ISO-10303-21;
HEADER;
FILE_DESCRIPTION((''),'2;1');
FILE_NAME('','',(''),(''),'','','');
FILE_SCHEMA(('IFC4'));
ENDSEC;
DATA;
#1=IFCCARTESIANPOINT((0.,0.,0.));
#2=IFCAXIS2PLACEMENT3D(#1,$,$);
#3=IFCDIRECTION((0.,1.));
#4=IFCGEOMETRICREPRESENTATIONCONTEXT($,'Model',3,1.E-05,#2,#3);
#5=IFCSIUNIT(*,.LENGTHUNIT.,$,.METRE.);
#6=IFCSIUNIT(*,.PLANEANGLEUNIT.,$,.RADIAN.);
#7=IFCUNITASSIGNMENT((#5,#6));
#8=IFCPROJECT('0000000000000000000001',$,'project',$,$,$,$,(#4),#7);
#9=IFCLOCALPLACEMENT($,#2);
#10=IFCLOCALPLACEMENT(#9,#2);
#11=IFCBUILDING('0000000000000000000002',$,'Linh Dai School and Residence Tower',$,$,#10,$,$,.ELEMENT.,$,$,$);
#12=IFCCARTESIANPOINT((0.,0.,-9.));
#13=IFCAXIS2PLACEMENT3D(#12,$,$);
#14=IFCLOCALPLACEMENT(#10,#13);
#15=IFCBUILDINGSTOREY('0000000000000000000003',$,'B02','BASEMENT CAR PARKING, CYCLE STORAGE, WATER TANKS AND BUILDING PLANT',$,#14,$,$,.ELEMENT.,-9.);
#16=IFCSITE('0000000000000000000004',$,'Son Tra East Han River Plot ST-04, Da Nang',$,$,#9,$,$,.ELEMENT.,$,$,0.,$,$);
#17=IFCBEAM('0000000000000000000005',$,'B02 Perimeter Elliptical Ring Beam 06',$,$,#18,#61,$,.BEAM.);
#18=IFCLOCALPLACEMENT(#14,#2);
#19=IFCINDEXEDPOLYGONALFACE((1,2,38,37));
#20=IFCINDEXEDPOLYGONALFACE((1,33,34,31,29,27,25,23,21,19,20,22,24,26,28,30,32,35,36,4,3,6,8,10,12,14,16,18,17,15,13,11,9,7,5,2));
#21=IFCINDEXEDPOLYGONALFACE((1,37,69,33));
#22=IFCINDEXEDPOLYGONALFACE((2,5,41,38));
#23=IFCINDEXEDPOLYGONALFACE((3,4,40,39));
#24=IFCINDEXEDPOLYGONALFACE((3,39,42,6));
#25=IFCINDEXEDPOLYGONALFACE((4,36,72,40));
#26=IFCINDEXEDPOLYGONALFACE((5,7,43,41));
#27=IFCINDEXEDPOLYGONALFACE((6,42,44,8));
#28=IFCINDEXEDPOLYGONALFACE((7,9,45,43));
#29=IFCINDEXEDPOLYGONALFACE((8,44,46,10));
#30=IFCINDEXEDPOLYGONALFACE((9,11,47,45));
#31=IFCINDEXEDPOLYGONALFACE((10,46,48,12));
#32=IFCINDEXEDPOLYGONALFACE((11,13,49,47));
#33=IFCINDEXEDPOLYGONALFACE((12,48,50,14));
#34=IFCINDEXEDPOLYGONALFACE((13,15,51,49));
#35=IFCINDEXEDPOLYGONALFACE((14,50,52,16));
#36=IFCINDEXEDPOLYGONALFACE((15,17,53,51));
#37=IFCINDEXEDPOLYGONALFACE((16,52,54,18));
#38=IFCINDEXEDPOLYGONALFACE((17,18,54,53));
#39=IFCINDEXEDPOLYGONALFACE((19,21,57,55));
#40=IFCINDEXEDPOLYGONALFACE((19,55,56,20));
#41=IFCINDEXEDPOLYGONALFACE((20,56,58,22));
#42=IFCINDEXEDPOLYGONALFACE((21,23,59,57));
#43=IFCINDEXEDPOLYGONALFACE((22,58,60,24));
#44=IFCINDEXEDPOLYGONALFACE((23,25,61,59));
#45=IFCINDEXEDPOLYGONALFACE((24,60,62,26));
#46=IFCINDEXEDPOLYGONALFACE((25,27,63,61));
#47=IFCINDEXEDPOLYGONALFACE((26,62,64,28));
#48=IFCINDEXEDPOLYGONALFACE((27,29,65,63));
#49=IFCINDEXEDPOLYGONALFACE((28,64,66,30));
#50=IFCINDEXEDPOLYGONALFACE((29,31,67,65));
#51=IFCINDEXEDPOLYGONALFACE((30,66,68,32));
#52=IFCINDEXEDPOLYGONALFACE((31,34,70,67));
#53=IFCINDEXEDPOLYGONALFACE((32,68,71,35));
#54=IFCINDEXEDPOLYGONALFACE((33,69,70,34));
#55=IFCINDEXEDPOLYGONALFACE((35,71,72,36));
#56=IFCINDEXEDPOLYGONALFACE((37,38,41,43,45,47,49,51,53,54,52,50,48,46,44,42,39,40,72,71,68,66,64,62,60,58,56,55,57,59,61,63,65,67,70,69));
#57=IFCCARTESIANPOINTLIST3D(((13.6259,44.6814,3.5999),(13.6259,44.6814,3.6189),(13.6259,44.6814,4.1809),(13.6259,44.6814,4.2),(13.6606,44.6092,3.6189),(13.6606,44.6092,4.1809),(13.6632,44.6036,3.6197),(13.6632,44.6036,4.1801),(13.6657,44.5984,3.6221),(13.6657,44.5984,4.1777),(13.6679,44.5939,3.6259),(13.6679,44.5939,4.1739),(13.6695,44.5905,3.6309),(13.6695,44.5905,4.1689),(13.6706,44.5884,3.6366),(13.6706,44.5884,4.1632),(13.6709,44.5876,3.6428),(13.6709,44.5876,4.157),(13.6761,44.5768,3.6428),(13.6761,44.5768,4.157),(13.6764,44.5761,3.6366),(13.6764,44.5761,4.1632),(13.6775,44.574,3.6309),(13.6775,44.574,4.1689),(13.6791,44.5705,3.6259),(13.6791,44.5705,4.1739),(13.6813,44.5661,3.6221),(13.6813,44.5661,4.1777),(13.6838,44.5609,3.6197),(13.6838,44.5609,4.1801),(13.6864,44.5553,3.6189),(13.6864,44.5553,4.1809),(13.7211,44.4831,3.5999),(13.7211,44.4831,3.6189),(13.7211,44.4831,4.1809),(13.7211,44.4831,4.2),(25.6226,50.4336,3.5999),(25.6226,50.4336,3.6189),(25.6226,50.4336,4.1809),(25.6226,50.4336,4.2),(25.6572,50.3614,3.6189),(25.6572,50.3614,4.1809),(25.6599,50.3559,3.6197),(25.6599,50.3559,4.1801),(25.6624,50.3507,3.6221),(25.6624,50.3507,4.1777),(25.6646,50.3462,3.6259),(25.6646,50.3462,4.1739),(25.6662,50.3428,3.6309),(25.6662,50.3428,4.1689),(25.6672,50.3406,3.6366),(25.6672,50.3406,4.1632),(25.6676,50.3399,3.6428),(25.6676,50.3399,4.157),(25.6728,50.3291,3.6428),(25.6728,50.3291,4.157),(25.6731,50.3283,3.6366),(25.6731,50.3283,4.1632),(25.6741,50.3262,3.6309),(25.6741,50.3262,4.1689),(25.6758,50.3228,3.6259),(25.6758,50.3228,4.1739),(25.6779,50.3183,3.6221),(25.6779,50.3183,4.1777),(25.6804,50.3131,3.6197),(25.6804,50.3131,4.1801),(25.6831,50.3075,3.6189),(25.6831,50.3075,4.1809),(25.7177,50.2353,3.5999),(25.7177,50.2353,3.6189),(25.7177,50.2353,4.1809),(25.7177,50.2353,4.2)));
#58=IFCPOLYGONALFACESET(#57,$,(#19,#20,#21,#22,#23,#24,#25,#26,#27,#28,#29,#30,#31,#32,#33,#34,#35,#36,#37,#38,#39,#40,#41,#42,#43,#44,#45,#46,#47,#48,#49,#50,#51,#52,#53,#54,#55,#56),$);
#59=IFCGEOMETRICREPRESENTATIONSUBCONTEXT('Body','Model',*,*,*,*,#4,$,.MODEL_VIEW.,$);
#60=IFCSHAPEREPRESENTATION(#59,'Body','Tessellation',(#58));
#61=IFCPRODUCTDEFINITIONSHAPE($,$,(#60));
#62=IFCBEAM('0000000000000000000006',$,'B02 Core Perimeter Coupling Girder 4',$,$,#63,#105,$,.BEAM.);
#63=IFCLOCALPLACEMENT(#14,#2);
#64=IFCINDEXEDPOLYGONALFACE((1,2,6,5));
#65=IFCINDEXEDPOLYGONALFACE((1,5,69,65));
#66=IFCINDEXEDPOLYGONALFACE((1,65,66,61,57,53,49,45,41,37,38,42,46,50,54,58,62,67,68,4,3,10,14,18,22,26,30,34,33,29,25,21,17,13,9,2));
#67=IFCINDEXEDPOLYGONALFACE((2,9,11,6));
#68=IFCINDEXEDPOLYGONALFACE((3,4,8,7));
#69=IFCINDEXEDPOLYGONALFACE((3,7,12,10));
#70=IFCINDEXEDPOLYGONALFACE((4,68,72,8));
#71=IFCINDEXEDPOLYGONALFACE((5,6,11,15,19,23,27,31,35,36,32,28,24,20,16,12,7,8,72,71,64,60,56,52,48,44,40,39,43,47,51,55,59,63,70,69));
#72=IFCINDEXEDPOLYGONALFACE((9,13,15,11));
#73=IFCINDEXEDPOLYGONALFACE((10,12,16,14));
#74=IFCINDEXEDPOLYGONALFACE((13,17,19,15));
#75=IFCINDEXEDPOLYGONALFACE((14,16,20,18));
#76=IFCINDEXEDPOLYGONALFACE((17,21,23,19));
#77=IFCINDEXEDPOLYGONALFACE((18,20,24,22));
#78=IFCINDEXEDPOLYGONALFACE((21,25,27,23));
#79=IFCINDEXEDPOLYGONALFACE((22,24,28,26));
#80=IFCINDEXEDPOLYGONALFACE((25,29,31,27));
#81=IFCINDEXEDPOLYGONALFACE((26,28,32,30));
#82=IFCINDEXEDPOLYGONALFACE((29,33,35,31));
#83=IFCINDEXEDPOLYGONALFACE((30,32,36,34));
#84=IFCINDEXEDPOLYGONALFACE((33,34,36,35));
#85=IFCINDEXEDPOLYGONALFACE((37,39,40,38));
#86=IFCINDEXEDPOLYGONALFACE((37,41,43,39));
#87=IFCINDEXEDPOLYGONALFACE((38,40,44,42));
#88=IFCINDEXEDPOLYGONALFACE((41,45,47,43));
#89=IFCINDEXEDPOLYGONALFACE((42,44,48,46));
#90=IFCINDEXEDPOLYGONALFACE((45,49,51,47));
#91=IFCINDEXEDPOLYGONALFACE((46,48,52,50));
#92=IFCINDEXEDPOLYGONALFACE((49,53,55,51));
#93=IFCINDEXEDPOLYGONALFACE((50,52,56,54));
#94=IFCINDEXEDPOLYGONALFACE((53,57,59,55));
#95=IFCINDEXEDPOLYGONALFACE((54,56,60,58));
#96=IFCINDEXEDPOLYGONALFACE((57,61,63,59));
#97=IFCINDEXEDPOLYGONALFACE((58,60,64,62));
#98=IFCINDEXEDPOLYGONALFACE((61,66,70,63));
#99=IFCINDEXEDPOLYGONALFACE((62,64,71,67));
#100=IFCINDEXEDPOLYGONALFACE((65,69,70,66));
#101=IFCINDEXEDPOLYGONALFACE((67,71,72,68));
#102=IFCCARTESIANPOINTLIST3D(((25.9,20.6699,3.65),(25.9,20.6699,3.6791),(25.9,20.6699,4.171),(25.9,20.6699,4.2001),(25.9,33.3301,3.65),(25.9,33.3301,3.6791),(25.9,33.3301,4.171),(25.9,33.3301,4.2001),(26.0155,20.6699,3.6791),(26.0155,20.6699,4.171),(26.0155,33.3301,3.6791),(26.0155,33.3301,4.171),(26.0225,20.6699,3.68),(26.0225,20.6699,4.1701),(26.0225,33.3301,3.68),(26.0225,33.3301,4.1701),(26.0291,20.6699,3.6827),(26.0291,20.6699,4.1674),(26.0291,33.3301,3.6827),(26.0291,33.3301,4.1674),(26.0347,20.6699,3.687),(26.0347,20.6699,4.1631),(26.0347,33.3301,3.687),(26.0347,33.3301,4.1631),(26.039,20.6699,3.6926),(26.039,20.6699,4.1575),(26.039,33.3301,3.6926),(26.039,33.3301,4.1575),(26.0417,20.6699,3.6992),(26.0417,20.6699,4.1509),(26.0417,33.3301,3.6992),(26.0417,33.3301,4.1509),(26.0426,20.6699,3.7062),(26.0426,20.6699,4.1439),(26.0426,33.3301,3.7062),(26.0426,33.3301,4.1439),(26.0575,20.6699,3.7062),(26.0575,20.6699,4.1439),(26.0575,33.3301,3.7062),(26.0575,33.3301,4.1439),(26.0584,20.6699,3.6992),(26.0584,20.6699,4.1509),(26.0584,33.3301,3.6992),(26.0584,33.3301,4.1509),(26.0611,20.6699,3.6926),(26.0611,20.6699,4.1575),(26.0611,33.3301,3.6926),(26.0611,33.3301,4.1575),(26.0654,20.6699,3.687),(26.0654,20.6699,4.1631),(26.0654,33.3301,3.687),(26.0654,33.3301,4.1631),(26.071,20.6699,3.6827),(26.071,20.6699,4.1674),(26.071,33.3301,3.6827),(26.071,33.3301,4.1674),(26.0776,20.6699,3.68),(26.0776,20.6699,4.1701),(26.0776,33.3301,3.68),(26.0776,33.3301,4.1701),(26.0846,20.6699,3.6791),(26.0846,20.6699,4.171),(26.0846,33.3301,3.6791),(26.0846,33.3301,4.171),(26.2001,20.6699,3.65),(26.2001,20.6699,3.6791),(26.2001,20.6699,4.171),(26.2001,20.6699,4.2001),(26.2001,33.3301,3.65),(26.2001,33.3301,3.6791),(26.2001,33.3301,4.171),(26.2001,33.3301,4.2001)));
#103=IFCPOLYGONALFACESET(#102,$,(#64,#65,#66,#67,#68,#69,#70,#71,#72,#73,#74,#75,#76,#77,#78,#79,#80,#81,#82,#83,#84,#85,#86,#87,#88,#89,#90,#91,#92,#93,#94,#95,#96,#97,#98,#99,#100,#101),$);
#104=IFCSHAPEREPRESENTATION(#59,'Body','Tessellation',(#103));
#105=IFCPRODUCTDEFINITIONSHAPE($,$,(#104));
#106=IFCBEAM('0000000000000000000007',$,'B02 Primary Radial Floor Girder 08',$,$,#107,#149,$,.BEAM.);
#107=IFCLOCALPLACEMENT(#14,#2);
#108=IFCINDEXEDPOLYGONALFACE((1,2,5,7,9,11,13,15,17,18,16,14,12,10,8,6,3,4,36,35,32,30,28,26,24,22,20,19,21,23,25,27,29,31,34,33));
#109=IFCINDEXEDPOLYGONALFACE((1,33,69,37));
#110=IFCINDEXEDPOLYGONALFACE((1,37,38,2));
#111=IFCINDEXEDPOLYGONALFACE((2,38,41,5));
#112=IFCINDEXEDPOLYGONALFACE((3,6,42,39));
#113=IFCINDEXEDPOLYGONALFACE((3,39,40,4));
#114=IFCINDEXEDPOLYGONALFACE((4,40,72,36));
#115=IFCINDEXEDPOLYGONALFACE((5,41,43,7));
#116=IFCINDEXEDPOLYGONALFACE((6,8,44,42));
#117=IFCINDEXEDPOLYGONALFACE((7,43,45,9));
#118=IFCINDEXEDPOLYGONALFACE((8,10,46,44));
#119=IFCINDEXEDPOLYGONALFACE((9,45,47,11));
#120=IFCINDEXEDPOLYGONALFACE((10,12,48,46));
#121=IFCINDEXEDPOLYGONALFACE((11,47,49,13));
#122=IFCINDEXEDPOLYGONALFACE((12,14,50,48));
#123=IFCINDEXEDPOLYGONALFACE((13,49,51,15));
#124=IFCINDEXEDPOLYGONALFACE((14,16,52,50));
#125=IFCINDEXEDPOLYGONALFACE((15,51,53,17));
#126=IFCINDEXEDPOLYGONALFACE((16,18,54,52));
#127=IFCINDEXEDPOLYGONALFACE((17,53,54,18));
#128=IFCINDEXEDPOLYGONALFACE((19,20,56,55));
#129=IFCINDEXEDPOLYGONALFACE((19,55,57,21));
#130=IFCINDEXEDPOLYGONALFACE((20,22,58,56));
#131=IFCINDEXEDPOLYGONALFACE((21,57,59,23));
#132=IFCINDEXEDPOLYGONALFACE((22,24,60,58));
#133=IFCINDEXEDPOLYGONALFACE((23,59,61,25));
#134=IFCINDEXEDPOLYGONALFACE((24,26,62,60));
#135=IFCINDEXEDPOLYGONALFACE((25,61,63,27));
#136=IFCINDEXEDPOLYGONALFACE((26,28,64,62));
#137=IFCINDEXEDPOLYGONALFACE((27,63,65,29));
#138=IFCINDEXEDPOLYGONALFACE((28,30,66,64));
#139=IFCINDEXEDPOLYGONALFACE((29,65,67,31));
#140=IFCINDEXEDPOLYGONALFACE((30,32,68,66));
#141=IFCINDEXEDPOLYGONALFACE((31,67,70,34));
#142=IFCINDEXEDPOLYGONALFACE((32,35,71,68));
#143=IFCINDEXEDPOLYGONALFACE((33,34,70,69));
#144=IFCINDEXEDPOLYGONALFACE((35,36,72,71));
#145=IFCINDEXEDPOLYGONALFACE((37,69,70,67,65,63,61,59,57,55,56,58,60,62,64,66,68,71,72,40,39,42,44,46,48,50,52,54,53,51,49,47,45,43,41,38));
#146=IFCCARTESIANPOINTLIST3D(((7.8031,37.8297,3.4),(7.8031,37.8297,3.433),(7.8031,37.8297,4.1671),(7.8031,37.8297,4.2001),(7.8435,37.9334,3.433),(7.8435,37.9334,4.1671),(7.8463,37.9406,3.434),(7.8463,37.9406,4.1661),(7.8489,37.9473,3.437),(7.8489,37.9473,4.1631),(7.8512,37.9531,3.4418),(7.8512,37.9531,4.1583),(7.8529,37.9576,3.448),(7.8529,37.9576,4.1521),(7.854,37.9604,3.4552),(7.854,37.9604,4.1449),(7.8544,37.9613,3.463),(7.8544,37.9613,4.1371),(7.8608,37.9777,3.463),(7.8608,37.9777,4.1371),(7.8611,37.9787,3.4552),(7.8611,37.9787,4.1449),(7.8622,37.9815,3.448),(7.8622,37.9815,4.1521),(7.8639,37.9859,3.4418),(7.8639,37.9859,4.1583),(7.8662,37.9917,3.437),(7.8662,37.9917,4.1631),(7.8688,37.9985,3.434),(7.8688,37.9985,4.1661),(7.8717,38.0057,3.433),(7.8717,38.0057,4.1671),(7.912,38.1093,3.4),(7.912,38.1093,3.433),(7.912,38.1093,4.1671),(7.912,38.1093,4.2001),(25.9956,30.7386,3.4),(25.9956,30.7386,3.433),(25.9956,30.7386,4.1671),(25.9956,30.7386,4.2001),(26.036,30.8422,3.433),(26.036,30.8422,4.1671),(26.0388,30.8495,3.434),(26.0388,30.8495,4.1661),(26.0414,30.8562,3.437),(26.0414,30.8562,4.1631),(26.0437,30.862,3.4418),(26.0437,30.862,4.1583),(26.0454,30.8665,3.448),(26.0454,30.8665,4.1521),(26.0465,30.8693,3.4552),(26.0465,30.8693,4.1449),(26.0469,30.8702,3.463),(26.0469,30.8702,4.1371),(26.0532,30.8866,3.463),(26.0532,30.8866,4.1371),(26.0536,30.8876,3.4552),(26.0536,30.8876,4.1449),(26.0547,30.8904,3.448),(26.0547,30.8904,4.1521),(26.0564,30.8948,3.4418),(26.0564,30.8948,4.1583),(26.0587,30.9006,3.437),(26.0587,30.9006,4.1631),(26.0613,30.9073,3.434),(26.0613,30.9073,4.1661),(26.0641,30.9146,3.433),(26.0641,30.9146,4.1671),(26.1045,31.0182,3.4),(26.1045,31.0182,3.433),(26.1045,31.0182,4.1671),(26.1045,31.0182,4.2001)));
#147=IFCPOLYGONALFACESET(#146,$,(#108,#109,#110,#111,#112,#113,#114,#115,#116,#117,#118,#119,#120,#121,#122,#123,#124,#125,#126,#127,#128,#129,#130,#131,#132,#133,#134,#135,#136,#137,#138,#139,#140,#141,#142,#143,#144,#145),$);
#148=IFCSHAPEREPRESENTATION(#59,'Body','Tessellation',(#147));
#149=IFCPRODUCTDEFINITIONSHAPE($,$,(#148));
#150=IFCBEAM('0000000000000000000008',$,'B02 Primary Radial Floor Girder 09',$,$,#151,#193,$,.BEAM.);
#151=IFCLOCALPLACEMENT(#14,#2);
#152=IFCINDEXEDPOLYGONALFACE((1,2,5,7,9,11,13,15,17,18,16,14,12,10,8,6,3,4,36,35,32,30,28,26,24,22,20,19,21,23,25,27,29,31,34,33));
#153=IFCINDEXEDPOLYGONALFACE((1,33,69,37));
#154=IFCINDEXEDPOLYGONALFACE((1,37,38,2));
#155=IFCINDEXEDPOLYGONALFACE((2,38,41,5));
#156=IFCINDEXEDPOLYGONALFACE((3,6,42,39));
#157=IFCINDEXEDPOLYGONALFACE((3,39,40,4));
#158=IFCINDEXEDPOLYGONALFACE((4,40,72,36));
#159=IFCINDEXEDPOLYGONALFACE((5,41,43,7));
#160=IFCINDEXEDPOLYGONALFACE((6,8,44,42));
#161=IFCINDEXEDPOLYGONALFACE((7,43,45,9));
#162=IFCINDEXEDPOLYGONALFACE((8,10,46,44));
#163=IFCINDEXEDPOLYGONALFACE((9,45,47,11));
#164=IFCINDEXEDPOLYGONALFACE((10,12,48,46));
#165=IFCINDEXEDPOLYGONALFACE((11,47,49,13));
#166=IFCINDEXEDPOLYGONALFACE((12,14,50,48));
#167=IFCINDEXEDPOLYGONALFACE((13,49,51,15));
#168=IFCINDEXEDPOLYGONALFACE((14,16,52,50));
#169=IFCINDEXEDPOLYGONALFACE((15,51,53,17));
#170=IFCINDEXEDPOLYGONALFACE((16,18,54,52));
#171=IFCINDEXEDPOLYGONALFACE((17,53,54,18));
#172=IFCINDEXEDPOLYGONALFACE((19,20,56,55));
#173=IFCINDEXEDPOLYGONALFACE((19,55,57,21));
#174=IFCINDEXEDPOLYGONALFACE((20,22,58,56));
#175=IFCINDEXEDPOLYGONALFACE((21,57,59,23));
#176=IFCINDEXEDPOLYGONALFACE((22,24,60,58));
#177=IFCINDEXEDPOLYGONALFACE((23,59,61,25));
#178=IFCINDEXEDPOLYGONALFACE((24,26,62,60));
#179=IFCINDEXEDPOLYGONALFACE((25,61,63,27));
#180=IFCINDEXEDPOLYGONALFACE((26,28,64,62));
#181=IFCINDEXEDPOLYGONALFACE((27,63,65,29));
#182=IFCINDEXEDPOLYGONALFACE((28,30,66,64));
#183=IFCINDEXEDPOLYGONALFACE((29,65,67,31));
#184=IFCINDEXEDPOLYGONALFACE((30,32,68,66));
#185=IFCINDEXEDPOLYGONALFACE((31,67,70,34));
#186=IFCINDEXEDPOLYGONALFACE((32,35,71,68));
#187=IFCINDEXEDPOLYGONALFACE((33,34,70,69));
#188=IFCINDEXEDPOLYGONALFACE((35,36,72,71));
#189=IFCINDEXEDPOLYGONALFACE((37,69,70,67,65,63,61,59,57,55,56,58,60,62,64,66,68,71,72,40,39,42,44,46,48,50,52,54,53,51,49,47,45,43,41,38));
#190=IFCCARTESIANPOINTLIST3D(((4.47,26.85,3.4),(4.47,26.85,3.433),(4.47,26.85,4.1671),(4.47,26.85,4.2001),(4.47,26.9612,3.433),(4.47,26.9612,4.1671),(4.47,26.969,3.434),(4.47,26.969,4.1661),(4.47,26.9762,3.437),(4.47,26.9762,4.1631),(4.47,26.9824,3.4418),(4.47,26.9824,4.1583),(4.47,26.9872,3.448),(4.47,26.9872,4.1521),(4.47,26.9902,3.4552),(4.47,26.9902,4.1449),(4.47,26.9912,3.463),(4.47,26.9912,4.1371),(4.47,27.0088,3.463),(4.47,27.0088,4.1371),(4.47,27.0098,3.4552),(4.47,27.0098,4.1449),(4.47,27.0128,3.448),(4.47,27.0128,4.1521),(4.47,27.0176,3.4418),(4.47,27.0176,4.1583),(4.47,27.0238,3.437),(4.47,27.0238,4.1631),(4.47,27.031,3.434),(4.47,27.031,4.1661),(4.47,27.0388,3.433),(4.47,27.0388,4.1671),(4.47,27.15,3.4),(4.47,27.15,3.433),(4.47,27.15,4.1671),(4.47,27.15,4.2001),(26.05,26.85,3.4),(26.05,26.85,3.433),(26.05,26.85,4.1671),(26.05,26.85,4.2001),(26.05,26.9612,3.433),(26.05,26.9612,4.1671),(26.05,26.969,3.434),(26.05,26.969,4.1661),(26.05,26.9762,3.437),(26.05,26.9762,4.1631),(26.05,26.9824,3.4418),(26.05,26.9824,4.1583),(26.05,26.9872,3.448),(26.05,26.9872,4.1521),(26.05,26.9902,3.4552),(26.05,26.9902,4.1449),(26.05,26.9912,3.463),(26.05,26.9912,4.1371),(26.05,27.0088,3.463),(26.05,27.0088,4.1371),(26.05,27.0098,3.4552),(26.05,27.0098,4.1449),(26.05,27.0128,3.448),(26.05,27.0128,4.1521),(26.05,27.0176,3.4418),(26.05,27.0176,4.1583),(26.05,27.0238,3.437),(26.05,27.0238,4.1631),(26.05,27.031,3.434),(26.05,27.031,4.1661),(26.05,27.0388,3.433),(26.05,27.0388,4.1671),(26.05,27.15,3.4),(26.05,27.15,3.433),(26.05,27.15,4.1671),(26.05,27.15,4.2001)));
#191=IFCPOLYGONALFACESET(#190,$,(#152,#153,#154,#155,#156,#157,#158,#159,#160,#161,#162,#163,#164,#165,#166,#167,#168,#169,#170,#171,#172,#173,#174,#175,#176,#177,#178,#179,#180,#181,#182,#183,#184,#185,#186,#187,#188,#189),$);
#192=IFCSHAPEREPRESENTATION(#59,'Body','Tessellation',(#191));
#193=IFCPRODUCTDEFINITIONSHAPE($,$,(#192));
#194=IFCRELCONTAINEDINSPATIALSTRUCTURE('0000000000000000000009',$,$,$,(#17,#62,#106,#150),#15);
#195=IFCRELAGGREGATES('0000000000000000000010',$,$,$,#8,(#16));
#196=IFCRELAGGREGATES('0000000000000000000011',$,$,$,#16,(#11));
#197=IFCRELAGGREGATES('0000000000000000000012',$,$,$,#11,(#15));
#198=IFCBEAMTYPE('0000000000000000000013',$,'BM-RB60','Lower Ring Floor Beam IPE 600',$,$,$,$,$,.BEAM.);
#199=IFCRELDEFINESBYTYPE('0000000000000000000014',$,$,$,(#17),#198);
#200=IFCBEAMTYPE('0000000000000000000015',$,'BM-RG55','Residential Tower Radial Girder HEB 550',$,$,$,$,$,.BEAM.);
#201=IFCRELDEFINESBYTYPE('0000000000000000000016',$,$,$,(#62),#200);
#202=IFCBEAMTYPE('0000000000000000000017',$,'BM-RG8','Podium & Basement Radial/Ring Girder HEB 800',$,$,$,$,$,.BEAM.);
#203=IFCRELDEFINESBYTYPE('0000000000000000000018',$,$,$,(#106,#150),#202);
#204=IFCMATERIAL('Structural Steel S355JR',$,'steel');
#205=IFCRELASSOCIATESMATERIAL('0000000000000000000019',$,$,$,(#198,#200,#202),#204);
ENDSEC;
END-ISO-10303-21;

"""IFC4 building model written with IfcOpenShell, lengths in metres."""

from ifc_helpers import new_model, si_unit, direction, frame, origin, origin_2d, place, context, subcontext, project, spatial, i_section, extrude, material, material_profile, profile_set, type_object, element, save


model = new_model("IFC4")

# Units and contexts
model_context = context("Model", 3, precision=1e-05, world=origin(), true_north=direction((0.0, 1.0)))
body_context = subcontext(model_context, "Body", "Model", "MODEL_VIEW")
ifc_project = project(units=[si_unit("LENGTHUNIT", "METRE"), si_unit("PLANEANGLEUNIT", "RADIAN")], contexts=[model_context])

# Site, building, storey
site_placement = place(None, origin())
site = spatial("IfcSite", under=ifc_project, at=site_placement, Name="Son Tra East Han River Plot ST-04, Da Nang", CompositionType="ELEMENT", RefElevation=0.0)
building_placement = place(site_placement, origin())
building = spatial("IfcBuilding", under=site, at=building_placement, Name="Linh Dai School and Residence Tower", CompositionType="ELEMENT")
storey_placement = place(building_placement, frame((0.0, 0.0, -9.0)))
storey = spatial("IfcBuildingStorey", under=building, at=storey_placement, Name="B02", Description="BASEMENT CAR PARKING, CYCLE STORAGE, WATER TANKS AND BUILDING PLANT", CompositionType="ELEMENT", Elevation=-9.0)

# Shared definitions
ifc_material_1 = material(Name="Structural Steel S355JR", Category="steel")

# Beams
ifc_material_profile_1 = material_profile(ifc_material_1, i_section(OverallWidth=0.22, OverallDepth=0.6001, WebThickness=0.012, FlangeThickness=0.019, FilletRadius=0.0239, at=origin_2d()), Name="IPE 600")
ifc_profile_set_1 = profile_set([ifc_material_profile_1], Name="Structural Steel S355JR")
beam_type_1 = type_object("IfcBeamType", Name="BM-RB60", Description="Lower Ring Floor Beam IPE 600", PredefinedType="BEAM", material=ifc_profile_set_1)
beam_1_placement = place(storey_placement, frame((25.6702, 50.3345, 3.8999), z_axis=(-0.901704, -0.432355, 0.0), x_axis=(0.432355, -0.901704, 0.0)))
element("IfcBeam", 1, at=beam_1_placement, inside=storey, type_object=beam_type_1, Name="B02 Perimeter Elliptical Ring Beam 06", PredefinedType="BEAM", context=body_context, shape_type="SweptSolid", body=[
    extrude(i_section(OverallWidth=0.22, OverallDepth=0.6001, WebThickness=0.012, FlangeThickness=0.019, FilletRadius=0.0239, at=origin_2d()), origin(), (0.0, 0.0, 1.0), 13.3044),
])
ifc_material_profile_2 = material_profile(ifc_material_1, i_section(OverallWidth=0.3, OverallDepth=0.55, WebThickness=0.0149, FlangeThickness=0.0291, FilletRadius=0.0271, at=origin_2d()), Name="HEB 550")
ifc_profile_set_2 = profile_set([ifc_material_profile_2], Name="Structural Steel S355JR")
beam_type_2 = type_object("IfcBeamType", Name="BM-RG55", Description="Residential Tower Radial Girder HEB 550", PredefinedType="BEAM", material=ifc_profile_set_2)
beam_2_placement = place(storey_placement, frame((26.05, 33.3301, 3.925), z_axis=(0.0, -1.0, 0.0), x_axis=(1.0, 0.0, 0.0)))
element("IfcBeam", 2, at=beam_2_placement, inside=storey, type_object=beam_type_2, Name="B02 Core Perimeter Coupling Girder 4", PredefinedType="BEAM", context=body_context, shape_type="SweptSolid", body=[
    extrude(i_section(OverallWidth=0.3, OverallDepth=0.55, WebThickness=0.0149, FlangeThickness=0.0291, FilletRadius=0.0271, at=origin_2d()), origin(), (0.0, 0.0, 1.0), 12.6602),
])
ifc_material_profile_3 = material_profile(ifc_material_1, i_section(OverallWidth=0.3, OverallDepth=0.8, WebThickness=0.0176, FlangeThickness=0.033, FilletRadius=0.03, at=origin_2d()), Name="HEB 800")
ifc_profile_set_3 = profile_set([ifc_material_profile_3], Name="Structural Steel S355JR")
beam_type_3 = type_object("IfcBeamType", Name="BM-RG8", Description="Podium & Basement Radial/Ring Girder HEB 800", PredefinedType="BEAM", material=ifc_profile_set_3)
beam_3_placement = place(storey_placement, frame((26.05, 30.8784, 3.8), z_axis=(-0.931723, 0.363169, 0.0), x_axis=(-0.363169, -0.931723, 0.0)))
element("IfcBeam", 3, at=beam_3_placement, inside=storey, type_object=beam_type_3, Name="B02 Primary Radial Floor Girder 08", PredefinedType="BEAM", context=body_context, shape_type="SweptSolid", body=[
    extrude(i_section(OverallWidth=0.3, OverallDepth=0.8, WebThickness=0.0176, FlangeThickness=0.033, FilletRadius=0.03, at=origin_2d()), origin(), (0.0, 0.0, 1.0), 19.5256),
])
beam_4_placement = place(storey_placement, frame((26.05, 27.0, 3.8), z_axis=(-1.0, 0.0, 0.0), x_axis=(0.0, -1.0, 0.0)))
element("IfcBeam", 4, at=beam_4_placement, inside=storey, type_object=beam_type_3, Name="B02 Primary Radial Floor Girder 09", PredefinedType="BEAM", context=body_context, shape_type="SweptSolid", body=[
    extrude(i_section(OverallWidth=0.3, OverallDepth=0.8, WebThickness=0.0176, FlangeThickness=0.033, FilletRadius=0.03, at=origin_2d()), origin(), (0.0, 0.0, 1.0), 21.5801),
])

save(model, "model.ifc")
